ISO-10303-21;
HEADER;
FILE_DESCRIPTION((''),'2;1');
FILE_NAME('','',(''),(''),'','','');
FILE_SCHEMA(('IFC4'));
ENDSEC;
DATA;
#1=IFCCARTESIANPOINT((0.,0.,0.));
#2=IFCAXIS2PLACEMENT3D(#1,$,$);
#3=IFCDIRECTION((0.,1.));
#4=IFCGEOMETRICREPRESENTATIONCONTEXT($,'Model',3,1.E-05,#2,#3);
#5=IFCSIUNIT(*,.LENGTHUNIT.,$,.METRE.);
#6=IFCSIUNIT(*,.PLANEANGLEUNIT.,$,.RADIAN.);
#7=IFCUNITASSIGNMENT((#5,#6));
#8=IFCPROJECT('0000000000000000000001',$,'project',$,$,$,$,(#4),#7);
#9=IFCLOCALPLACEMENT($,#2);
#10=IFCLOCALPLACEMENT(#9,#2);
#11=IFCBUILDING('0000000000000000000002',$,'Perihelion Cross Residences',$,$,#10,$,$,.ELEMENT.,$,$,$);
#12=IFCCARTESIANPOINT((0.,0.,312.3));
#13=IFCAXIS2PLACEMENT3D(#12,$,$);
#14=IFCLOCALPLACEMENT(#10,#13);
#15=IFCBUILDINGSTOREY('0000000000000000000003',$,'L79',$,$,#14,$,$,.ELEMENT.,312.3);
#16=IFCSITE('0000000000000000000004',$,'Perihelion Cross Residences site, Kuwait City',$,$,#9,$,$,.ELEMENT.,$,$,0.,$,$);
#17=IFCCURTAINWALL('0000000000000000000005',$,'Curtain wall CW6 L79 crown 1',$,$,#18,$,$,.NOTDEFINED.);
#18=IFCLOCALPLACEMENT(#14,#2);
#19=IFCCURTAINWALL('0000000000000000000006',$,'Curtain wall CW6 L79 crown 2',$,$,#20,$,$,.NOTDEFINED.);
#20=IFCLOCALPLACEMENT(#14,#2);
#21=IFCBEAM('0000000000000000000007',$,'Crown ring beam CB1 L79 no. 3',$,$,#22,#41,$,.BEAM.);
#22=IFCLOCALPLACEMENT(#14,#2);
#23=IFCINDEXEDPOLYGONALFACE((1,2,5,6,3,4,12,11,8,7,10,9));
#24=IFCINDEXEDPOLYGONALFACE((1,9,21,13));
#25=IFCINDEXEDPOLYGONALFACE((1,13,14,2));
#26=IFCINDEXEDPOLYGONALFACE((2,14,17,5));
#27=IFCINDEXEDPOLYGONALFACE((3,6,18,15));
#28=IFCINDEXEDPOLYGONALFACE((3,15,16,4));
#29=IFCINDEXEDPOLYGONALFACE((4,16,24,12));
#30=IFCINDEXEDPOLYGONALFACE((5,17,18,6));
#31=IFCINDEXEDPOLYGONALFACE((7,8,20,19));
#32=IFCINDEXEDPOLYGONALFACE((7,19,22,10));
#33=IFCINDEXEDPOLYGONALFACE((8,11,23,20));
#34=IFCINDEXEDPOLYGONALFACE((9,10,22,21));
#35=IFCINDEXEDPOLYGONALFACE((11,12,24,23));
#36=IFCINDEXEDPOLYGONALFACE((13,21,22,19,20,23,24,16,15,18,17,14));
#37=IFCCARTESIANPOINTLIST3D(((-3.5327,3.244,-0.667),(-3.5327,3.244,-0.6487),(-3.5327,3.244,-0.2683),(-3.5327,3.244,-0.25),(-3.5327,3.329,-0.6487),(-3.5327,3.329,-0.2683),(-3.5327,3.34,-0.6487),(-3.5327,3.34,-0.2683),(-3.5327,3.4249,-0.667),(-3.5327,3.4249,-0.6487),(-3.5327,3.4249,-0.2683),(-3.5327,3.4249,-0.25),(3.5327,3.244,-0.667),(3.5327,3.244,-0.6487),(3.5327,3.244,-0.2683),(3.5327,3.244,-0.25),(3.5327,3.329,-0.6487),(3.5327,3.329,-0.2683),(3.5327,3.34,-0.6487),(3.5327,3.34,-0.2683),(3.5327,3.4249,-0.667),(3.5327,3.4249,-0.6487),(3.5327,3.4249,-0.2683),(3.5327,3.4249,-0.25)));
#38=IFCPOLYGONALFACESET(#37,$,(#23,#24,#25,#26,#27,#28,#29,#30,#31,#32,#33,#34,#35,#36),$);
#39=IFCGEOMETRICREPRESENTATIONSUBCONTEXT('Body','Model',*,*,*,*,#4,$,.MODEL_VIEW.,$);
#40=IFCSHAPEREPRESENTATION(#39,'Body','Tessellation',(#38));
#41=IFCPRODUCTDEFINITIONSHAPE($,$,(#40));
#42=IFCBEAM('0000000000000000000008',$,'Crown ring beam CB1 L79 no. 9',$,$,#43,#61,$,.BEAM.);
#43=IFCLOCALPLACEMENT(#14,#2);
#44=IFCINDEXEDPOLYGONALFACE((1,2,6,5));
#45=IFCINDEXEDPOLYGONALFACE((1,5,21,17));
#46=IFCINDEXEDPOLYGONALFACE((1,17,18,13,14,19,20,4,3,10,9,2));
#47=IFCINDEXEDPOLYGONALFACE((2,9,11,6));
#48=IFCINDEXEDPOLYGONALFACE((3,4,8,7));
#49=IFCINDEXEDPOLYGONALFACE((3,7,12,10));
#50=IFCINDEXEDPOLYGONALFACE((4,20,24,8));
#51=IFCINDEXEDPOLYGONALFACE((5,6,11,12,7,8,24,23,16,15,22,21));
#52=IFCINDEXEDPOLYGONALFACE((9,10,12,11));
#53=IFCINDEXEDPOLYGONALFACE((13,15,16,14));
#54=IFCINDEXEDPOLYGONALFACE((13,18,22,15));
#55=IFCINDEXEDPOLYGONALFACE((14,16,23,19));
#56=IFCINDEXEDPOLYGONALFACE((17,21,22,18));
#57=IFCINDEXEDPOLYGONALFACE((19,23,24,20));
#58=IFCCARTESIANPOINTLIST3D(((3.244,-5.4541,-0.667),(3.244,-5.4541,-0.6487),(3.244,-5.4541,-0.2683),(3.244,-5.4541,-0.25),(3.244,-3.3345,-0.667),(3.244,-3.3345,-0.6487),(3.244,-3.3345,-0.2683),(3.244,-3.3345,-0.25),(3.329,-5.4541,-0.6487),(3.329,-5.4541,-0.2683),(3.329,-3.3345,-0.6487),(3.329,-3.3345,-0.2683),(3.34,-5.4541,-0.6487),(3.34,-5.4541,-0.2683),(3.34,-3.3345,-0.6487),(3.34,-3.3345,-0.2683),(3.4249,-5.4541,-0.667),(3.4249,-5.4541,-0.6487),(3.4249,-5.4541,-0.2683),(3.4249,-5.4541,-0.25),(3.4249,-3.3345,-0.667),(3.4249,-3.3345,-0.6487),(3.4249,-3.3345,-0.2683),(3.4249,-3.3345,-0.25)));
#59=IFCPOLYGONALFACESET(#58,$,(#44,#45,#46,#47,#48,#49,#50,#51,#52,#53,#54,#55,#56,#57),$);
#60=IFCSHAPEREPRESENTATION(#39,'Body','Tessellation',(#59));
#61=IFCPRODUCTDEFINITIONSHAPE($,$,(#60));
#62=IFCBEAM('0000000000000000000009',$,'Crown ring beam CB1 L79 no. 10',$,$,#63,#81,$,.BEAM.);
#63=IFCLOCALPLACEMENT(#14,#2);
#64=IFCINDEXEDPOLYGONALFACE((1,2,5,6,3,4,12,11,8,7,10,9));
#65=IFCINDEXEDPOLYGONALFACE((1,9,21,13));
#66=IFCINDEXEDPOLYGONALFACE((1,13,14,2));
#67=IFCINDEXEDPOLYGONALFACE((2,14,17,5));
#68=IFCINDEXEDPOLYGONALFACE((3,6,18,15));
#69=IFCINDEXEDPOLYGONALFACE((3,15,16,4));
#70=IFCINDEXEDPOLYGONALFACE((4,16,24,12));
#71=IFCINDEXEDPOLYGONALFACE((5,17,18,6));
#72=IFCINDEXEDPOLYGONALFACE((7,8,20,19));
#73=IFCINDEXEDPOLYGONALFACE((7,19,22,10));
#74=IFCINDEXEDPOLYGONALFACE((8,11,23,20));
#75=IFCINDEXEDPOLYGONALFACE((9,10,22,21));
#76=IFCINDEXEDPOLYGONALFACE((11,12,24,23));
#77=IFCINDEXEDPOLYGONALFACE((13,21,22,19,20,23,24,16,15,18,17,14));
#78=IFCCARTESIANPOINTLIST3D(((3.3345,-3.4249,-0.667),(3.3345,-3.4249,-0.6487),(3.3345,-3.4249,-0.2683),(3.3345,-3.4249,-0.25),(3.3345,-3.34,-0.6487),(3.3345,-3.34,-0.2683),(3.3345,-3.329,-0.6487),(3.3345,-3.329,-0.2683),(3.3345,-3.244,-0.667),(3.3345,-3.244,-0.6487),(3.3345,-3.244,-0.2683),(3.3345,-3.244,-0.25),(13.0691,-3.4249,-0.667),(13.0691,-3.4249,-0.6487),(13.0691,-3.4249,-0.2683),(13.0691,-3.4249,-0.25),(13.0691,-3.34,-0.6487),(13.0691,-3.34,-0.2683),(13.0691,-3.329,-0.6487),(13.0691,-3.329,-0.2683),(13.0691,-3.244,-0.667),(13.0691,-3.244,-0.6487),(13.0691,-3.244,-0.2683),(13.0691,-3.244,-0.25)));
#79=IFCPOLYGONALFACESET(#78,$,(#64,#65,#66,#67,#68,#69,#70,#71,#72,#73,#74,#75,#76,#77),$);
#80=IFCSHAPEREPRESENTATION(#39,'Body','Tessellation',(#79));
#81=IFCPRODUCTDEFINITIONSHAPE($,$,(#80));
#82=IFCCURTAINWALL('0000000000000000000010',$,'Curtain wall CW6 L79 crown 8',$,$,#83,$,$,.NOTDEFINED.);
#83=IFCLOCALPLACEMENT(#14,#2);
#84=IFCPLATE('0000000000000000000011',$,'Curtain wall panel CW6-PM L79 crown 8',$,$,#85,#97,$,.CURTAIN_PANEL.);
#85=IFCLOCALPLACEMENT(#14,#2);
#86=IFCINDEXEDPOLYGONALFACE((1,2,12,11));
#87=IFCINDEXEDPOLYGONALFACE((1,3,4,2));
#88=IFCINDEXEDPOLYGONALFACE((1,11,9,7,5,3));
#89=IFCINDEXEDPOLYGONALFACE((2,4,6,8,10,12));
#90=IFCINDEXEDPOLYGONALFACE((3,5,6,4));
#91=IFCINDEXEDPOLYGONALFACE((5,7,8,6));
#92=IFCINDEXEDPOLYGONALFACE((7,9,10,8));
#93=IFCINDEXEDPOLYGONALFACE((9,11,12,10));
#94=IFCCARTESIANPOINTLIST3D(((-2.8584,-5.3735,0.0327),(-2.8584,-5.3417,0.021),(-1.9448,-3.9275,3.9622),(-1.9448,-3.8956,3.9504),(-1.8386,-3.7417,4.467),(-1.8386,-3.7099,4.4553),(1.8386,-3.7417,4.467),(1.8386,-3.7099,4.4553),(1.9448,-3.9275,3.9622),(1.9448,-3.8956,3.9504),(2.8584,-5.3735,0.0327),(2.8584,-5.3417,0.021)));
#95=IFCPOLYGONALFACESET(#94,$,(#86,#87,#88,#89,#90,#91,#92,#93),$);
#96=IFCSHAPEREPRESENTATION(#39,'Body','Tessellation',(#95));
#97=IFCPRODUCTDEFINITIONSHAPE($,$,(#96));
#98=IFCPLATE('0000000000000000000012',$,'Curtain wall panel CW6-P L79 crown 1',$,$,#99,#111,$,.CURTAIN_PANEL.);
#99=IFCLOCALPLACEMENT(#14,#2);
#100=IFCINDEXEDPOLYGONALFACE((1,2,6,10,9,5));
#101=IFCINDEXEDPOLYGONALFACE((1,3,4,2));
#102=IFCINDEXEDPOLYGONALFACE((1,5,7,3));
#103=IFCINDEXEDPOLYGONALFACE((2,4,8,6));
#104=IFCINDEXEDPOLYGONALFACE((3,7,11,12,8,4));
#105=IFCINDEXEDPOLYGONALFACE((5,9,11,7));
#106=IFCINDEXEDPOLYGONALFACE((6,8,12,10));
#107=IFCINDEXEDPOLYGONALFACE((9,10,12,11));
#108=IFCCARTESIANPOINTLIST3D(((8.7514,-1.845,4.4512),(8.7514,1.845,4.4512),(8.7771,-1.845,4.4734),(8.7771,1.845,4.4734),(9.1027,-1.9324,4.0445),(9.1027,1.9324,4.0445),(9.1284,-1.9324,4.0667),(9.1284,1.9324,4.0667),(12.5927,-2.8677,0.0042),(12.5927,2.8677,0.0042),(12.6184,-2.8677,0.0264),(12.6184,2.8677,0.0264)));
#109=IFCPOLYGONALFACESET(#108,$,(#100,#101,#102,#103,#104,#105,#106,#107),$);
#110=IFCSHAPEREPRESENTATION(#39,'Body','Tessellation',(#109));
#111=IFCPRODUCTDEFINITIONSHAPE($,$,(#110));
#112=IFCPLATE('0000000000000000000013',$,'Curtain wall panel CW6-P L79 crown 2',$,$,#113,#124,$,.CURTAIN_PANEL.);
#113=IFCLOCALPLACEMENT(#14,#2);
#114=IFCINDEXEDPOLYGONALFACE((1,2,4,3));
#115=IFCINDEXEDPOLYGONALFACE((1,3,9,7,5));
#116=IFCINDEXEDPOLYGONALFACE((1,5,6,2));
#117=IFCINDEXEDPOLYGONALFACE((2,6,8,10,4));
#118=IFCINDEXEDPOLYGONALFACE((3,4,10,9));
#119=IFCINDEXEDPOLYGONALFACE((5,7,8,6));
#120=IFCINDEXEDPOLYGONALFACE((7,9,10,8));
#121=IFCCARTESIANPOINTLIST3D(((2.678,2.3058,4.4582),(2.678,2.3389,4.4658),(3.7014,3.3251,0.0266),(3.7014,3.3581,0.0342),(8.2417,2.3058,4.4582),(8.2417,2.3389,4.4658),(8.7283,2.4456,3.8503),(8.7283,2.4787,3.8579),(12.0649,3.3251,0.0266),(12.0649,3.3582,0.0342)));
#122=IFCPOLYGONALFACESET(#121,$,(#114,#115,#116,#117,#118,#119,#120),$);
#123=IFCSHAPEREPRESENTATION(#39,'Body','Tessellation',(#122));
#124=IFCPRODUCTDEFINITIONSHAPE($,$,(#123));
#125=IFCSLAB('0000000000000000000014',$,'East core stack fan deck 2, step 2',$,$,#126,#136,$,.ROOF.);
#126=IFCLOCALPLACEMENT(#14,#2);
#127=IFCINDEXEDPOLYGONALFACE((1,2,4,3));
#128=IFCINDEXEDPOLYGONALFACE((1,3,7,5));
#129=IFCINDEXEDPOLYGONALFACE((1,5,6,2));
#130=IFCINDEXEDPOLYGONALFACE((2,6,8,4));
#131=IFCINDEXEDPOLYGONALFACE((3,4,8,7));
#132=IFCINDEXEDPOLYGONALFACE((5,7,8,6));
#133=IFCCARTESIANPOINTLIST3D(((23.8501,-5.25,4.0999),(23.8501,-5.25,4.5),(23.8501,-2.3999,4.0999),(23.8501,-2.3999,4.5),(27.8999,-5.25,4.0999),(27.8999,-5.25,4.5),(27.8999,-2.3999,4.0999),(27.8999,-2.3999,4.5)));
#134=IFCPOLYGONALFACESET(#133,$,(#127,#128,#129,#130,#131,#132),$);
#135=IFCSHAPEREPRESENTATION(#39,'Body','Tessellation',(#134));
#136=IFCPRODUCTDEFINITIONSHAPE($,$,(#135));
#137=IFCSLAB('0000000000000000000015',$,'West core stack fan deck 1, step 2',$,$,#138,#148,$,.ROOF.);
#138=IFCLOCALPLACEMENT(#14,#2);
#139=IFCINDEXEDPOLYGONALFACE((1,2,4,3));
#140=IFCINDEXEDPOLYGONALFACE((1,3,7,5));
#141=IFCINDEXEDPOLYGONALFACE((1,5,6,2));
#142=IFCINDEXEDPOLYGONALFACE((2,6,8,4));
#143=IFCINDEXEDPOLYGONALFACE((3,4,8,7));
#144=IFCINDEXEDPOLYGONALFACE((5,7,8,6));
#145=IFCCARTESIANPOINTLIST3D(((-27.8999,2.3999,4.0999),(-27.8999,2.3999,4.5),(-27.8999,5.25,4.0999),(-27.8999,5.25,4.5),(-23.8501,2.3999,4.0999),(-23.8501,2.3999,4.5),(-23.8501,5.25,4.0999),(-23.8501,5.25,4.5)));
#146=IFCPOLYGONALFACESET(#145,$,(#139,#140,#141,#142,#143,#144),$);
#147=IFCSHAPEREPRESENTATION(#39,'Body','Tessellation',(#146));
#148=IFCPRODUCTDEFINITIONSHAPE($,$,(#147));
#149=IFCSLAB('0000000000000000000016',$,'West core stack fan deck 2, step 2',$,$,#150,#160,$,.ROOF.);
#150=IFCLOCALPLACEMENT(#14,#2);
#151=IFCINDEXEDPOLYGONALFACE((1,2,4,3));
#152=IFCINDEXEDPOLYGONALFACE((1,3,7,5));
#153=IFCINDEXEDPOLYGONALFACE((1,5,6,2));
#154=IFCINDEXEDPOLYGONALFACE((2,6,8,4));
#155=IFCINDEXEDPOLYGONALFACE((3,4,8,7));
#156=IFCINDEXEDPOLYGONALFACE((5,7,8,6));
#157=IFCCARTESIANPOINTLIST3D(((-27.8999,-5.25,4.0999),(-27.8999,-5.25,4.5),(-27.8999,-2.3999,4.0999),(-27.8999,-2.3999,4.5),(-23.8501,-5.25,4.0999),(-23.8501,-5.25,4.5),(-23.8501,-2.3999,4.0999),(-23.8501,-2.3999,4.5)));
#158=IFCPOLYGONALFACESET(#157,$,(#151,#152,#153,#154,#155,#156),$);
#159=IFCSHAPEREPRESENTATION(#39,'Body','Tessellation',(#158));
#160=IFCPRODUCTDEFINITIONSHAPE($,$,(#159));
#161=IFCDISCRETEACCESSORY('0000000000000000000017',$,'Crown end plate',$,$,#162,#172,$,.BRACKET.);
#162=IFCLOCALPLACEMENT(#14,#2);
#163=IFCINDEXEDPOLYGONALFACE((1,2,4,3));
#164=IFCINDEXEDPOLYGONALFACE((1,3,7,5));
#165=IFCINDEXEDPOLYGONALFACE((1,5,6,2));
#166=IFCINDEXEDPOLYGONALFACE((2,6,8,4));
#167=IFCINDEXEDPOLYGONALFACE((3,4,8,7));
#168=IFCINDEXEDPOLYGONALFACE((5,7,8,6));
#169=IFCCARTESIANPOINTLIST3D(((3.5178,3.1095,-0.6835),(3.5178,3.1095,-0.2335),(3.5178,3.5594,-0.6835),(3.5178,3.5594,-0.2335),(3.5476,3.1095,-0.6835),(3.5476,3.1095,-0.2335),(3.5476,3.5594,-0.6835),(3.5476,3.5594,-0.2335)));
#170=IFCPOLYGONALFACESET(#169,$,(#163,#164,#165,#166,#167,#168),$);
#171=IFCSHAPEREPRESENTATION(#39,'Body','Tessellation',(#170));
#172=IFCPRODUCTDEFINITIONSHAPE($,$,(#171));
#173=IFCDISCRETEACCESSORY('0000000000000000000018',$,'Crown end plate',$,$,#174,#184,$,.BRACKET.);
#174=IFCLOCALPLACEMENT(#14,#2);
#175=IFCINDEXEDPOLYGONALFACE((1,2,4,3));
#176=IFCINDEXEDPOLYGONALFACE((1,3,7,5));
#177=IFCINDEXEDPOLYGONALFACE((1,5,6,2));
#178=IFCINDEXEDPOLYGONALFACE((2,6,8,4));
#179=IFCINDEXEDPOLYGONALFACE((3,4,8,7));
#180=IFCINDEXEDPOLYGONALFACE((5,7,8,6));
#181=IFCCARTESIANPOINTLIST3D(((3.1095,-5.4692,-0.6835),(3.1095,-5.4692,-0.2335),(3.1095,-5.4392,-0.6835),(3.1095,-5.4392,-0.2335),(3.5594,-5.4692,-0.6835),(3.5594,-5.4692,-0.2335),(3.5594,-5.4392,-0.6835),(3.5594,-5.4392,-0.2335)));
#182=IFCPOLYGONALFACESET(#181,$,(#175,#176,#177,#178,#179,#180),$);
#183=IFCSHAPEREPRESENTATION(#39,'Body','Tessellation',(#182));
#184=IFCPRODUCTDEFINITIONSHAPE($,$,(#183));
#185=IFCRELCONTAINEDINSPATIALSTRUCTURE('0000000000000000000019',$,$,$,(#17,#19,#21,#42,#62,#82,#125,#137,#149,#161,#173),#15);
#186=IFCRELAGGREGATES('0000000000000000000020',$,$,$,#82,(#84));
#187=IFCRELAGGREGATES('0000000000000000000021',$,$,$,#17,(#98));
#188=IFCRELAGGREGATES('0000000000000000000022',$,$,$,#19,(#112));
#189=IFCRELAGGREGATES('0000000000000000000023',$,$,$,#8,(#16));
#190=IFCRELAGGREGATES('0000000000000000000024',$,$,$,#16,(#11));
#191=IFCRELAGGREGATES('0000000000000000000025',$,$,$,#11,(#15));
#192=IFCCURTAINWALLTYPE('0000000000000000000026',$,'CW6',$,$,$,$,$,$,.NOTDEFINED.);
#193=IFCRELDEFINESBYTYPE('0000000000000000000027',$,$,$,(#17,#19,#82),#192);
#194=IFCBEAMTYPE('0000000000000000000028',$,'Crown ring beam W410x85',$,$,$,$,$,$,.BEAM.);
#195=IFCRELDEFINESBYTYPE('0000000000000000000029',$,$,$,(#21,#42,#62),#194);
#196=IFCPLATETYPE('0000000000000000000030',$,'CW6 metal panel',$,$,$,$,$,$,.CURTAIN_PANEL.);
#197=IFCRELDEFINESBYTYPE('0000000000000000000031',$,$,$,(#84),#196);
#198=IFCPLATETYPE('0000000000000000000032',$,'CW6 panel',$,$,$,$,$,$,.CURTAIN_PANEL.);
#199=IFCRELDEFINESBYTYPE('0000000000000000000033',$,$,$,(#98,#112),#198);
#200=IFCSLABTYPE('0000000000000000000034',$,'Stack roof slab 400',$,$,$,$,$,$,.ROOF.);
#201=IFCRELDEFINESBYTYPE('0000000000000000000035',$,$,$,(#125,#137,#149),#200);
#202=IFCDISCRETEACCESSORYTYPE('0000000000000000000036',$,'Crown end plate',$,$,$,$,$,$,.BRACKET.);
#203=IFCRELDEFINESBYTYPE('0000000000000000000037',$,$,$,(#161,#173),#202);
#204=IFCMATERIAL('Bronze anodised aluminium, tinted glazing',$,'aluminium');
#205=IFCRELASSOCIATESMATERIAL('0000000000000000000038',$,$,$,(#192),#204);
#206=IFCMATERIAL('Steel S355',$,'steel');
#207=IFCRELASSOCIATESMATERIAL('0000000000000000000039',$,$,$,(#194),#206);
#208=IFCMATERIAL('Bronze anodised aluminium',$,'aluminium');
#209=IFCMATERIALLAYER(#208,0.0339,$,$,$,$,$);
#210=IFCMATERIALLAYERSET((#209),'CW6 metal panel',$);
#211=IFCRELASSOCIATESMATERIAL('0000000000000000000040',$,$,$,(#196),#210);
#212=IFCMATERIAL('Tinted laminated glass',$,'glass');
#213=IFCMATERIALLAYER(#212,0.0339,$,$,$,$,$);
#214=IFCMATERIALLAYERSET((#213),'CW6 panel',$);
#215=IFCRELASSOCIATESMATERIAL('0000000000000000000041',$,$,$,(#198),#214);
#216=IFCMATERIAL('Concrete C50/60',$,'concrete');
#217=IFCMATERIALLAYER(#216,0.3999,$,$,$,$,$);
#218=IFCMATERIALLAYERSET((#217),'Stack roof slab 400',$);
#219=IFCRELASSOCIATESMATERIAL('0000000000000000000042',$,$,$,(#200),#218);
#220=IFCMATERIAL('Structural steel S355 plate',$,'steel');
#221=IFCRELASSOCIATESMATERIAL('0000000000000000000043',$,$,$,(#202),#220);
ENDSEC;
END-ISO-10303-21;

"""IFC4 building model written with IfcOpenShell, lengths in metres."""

from ifc_helpers import new_model, si_unit, direction, frame, origin, origin_2d, place, context, subcontext, project, spatial, polyline, rectangle, i_section, outline, extrude, material, layer, layer_set, material_profile, profile_set, type_object, element, aggregate, save


model = new_model("IFC4")

# Units and contexts
model_context = context("Model", 3, precision=1e-05, world=origin(), true_north=direction((0.0, 1.0)))
body_context = subcontext(model_context, "Body", "Model", "MODEL_VIEW")
ifc_project = project(units=[si_unit("LENGTHUNIT", "METRE"), si_unit("PLANEANGLEUNIT", "RADIAN")], contexts=[model_context])

# Site, building, storey
site_placement = place(None, origin())
site = spatial("IfcSite", under=ifc_project, at=site_placement, Name="Perihelion Cross Residences site, Kuwait City", CompositionType="ELEMENT", RefElevation=0.0)
building_placement = place(site_placement, origin())
building = spatial("IfcBuilding", under=site, at=building_placement, Name="Perihelion Cross Residences", CompositionType="ELEMENT")
storey_placement = place(building_placement, frame((0.0, 0.0, 312.3)))
storey = spatial("IfcBuildingStorey", under=building, at=storey_placement, Name="L79", CompositionType="ELEMENT", Elevation=312.3)

# Curtain walls
ifc_material_1 = material(Name="Bronze anodised aluminium, tinted glazing", Category="aluminium")
curtain_wall_type = type_object("IfcCurtainWallType", Name="CW6", PredefinedType="NOTDEFINED", material=ifc_material_1)
curtain_wall_1_placement = place(storey_placement, origin())
curtain_wall_1 = element("IfcCurtainWall", 1, at=curtain_wall_1_placement, inside=storey, type_object=curtain_wall_type, Name="Curtain wall CW6 L79 crown 1", PredefinedType="NOTDEFINED")
curtain_wall_2_placement = place(storey_placement, origin())
curtain_wall_2 = element("IfcCurtainWall", 2, at=curtain_wall_2_placement, inside=storey, type_object=curtain_wall_type, Name="Curtain wall CW6 L79 crown 2", PredefinedType="NOTDEFINED")

# Beams
ifc_material_2 = material(Name="Steel S355", Category="steel")
ifc_material_profile_1 = material_profile(ifc_material_2, i_section(OverallWidth=0.1809, OverallDepth=0.417, WebThickness=0.011, FlangeThickness=0.0183, at=origin_2d()), Name="W410x85")
ifc_profile_set_1 = profile_set([ifc_material_profile_1], Name="Steel S355")
beam_type = type_object("IfcBeamType", Name="Crown ring beam W410x85", PredefinedType="BEAM", material=ifc_profile_set_1)
beam_1_placement = place(storey_placement, frame((3.5327, 3.3345, -0.4585), z_axis=(-1.0, 0.0, 0.0), x_axis=(0.0, -1.0, 0.0)))
element("IfcBeam", 3, at=beam_1_placement, inside=storey, type_object=beam_type, Name="Crown ring beam CB1 L79 no. 3", PredefinedType="BEAM", context=body_context, shape_type="SweptSolid", body=[
    extrude(i_section(OverallWidth=0.1809, OverallDepth=0.417, WebThickness=0.011, FlangeThickness=0.0183, at=origin_2d()), origin(), (0.0, 0.0, 1.0), 7.0654),
])
beam_2_placement = place(storey_placement, frame((3.3345, -5.4541, -0.4585), z_axis=(0.0, 1.0, 0.0), x_axis=(-1.0, 0.0, 0.0)))
element("IfcBeam", 4, at=beam_2_placement, inside=storey, type_object=beam_type, Name="Crown ring beam CB1 L79 no. 9", PredefinedType="BEAM", context=body_context, shape_type="SweptSolid", body=[
    extrude(i_section(OverallWidth=0.1809, OverallDepth=0.417, WebThickness=0.011, FlangeThickness=0.0183, at=origin_2d()), origin(), (0.0, 0.0, 1.0), 2.1196),
])
beam_3_placement = place(storey_placement, frame((3.3345, -3.3345, -0.4585), z_axis=(1.0, 0.0, 0.0), x_axis=(0.0, 1.0, 0.0)))
element("IfcBeam", 5, at=beam_3_placement, inside=storey, type_object=beam_type, Name="Crown ring beam CB1 L79 no. 10", PredefinedType="BEAM", context=body_context, shape_type="SweptSolid", body=[
    extrude(i_section(OverallWidth=0.1809, OverallDepth=0.417, WebThickness=0.011, FlangeThickness=0.0183, at=origin_2d()), origin(), (0.0, 0.0, 1.0), 9.7346),
])

# Curtain wall, plate
curtain_wall_3_placement = place(storey_placement, origin())
curtain_wall_3 = element("IfcCurtainWall", 6, at=curtain_wall_3_placement, inside=storey, type_object=curtain_wall_type, Name="Curtain wall CW6 L79 crown 8", PredefinedType="NOTDEFINED")
ifc_material_3 = material(Name="Bronze anodised aluminium", Category="aluminium")
ifc_layer_1 = layer(ifc_material_3, 0.0339)
ifc_layer_set_1 = layer_set([ifc_layer_1], Name="CW6 metal panel")
plate_type_1 = type_object("IfcPlateType", Name="CW6 metal panel", PredefinedType="CURTAIN_PANEL", material=ifc_layer_set_1)
plate_1_placement = place(storey_placement, frame((1.8386, -3.7417, 4.467), z_axis=(0.0, -0.938471, 0.345358), x_axis=(0.193669, -0.33882, -0.920703)))
plate_1 = element("IfcPlate", 7, at=plate_1_placement, type_object=plate_type_1, Name="Curtain wall panel CW6-PM L79 crown 8", PredefinedType="CURTAIN_PANEL", context=body_context, shape_type="SweptSolid", body=[
    extrude(outline(polyline([(0.0, 0.0), (0.5484, 0.0), (4.8331, 0.0854), (3.7259, -5.5232), (-0.2049, -3.816), (-0.7122, -3.6076), (0.0, 0.0)])), origin(), (0.0, 0.0, -1.0), 0.0339),
])
aggregate(curtain_wall_3, [plate_1])

# Plates
ifc_material_4 = material(Name="Tinted laminated glass", Category="glass")
ifc_layer_2 = layer(ifc_material_4, 0.0339)
ifc_layer_set_2 = layer_set([ifc_layer_2], Name="CW6 panel")
plate_type_2 = type_object("IfcPlateType", Name="CW6 panel", PredefinedType="CURTAIN_PANEL", material=ifc_layer_set_2)
plate_2_placement = place(storey_placement, frame((8.7771, 1.845, 4.4734), z_axis=(0.756764, 0.0, 0.653688), x_axis=(0.645212, 0.160513, -0.746951)))
plate_2 = element("IfcPlate", 8, at=plate_2_placement, type_object=plate_type_2, Name="Curtain wall panel CW6-P L79 crown 1", PredefinedType="CURTAIN_PANEL", context=body_context, shape_type="SweptSolid", body=[
    extrude(outline(polyline([(0.0, 0.0), (0.5445, 0.0), (5.9643, 0.0662), (5.0437, -5.5948), (-0.0758, -3.8146), (-0.5923, -3.6421), (0.0, 0.0)])), origin(), (0.0, 0.0, -1.0), 0.0339),
])
aggregate(curtain_wall_1, [plate_2])
plate_3_placement = place(storey_placement, frame((2.678, 2.3389, 4.4658), z_axis=(-0.000005, 0.974556, 0.224146), x_axis=(0.21957, 0.218677, -0.950773)))
plate_3 = element("IfcPlate", 9, at=plate_3_placement, type_object=plate_type_2, Name="Curtain wall panel CW6-P L79 crown 2", PredefinedType="CURTAIN_PANEL", context=body_context, shape_type="SweptSolid", body=[
    extrude(outline(polyline([(0.0, 0.0), (4.6611, 0.0), (6.4975, -8.1594), (1.937, -5.7657), (1.2216, -5.4279), (0.0, 0.0)])), origin(), (0.0, 0.0, -1.0), 0.0339),
])
aggregate(curtain_wall_2, [plate_3])

# Slabs
ifc_material_5 = material(Name="Concrete C50/60", Category="concrete")
ifc_layer_3 = layer(ifc_material_5, 0.3999)
ifc_layer_set_3 = layer_set([ifc_layer_3], Name="Stack roof slab 400")
slab_type = type_object("IfcSlabType", Name="Stack roof slab 400", PredefinedType="ROOF", material=ifc_layer_set_3)
slab_1_placement = place(storey_placement, frame((0.0, 0.0, 4.0999)))
element("IfcSlab", 10, at=slab_1_placement, inside=storey, type_object=slab_type, Name="East core stack fan deck 2, step 2", PredefinedType="ROOF", context=body_context, shape_type="SweptSolid", body=[
    extrude(outline(polyline([(23.8501, -5.25), (27.8999, -5.25), (27.8999, -2.3999), (23.8501, -2.3999), (23.8501, -5.25)])), origin(), (0.0, 0.0, 1.0), 0.4001),
])
slab_2_placement = place(storey_placement, frame((0.0, 0.0, 4.0999)))
element("IfcSlab", 11, at=slab_2_placement, inside=storey, type_object=slab_type, Name="West core stack fan deck 1, step 2", PredefinedType="ROOF", context=body_context, shape_type="SweptSolid", body=[
    extrude(outline(polyline([(-27.8999, 2.3999), (-23.8501, 2.3999), (-23.8501, 5.25), (-27.8999, 5.25), (-27.8999, 2.3999)])), origin(), (0.0, 0.0, 1.0), 0.4001),
])
slab_3_placement = place(storey_placement, frame((0.0, 0.0, 4.0999)))
element("IfcSlab", 12, at=slab_3_placement, inside=storey, type_object=slab_type, Name="West core stack fan deck 2, step 2", PredefinedType="ROOF", context=body_context, shape_type="SweptSolid", body=[
    extrude(outline(polyline([(-27.8999, -5.25), (-23.8501, -5.25), (-23.8501, -2.3999), (-27.8999, -2.3999), (-27.8999, -5.25)])), origin(), (0.0, 0.0, 1.0), 0.4001),
])

# Discrete accessories
ifc_material_6 = material(Name="Structural steel S355 plate", Category="steel")
ifc_material_profile_2 = material_profile(ifc_material_6, rectangle(XDim=0.45, YDim=0.45, at=origin_2d()), Name="Crown end plate")
ifc_profile_set_2 = profile_set([ifc_material_profile_2], Name="Structural steel S355 plate")
discrete_accessory_type_1 = type_object("IfcDiscreteAccessoryType", Name="Crown end plate", PredefinedType="BRACKET", material=ifc_profile_set_2)
discrete_accessory_placement = place(storey_placement, frame((3.5476, 3.3345, -0.4585), z_axis=(-1.0, 0.0, 0.0), x_axis=(0.0, -1.0, 0.0)))
element("IfcDiscreteAccessory", 13, at=discrete_accessory_placement, inside=storey, type_object=discrete_accessory_type_1, Name="Crown end plate", PredefinedType="BRACKET", context=body_context, shape_type="SweptSolid", body=[
    extrude(rectangle(XDim=0.45, YDim=0.45, at=origin_2d()), origin(), (0.0, 0.0, 1.0), 0.0298),
])
for number, where, z_axis, x_axis, name in (
    (14, (3.3345, -5.4692, -0.4585), (0.0, 1.0, 0.0), (-1.0, 0.0, 0.0), "Crown end plate"),
):
    element("IfcDiscreteAccessory", number, at=place(storey_placement, frame(where, z_axis=z_axis, x_axis=x_axis)), inside=storey, type_object=discrete_accessory_type_1, Name=name, PredefinedType="BRACKET", context=body_context, shape_type="SweptSolid", body=[
        extrude(rectangle(XDim=0.45, YDim=0.45, at=origin_2d()), origin(), (0.0, 0.0, 1.0), 0.03),
    ])

save(model, "model.ifc")
